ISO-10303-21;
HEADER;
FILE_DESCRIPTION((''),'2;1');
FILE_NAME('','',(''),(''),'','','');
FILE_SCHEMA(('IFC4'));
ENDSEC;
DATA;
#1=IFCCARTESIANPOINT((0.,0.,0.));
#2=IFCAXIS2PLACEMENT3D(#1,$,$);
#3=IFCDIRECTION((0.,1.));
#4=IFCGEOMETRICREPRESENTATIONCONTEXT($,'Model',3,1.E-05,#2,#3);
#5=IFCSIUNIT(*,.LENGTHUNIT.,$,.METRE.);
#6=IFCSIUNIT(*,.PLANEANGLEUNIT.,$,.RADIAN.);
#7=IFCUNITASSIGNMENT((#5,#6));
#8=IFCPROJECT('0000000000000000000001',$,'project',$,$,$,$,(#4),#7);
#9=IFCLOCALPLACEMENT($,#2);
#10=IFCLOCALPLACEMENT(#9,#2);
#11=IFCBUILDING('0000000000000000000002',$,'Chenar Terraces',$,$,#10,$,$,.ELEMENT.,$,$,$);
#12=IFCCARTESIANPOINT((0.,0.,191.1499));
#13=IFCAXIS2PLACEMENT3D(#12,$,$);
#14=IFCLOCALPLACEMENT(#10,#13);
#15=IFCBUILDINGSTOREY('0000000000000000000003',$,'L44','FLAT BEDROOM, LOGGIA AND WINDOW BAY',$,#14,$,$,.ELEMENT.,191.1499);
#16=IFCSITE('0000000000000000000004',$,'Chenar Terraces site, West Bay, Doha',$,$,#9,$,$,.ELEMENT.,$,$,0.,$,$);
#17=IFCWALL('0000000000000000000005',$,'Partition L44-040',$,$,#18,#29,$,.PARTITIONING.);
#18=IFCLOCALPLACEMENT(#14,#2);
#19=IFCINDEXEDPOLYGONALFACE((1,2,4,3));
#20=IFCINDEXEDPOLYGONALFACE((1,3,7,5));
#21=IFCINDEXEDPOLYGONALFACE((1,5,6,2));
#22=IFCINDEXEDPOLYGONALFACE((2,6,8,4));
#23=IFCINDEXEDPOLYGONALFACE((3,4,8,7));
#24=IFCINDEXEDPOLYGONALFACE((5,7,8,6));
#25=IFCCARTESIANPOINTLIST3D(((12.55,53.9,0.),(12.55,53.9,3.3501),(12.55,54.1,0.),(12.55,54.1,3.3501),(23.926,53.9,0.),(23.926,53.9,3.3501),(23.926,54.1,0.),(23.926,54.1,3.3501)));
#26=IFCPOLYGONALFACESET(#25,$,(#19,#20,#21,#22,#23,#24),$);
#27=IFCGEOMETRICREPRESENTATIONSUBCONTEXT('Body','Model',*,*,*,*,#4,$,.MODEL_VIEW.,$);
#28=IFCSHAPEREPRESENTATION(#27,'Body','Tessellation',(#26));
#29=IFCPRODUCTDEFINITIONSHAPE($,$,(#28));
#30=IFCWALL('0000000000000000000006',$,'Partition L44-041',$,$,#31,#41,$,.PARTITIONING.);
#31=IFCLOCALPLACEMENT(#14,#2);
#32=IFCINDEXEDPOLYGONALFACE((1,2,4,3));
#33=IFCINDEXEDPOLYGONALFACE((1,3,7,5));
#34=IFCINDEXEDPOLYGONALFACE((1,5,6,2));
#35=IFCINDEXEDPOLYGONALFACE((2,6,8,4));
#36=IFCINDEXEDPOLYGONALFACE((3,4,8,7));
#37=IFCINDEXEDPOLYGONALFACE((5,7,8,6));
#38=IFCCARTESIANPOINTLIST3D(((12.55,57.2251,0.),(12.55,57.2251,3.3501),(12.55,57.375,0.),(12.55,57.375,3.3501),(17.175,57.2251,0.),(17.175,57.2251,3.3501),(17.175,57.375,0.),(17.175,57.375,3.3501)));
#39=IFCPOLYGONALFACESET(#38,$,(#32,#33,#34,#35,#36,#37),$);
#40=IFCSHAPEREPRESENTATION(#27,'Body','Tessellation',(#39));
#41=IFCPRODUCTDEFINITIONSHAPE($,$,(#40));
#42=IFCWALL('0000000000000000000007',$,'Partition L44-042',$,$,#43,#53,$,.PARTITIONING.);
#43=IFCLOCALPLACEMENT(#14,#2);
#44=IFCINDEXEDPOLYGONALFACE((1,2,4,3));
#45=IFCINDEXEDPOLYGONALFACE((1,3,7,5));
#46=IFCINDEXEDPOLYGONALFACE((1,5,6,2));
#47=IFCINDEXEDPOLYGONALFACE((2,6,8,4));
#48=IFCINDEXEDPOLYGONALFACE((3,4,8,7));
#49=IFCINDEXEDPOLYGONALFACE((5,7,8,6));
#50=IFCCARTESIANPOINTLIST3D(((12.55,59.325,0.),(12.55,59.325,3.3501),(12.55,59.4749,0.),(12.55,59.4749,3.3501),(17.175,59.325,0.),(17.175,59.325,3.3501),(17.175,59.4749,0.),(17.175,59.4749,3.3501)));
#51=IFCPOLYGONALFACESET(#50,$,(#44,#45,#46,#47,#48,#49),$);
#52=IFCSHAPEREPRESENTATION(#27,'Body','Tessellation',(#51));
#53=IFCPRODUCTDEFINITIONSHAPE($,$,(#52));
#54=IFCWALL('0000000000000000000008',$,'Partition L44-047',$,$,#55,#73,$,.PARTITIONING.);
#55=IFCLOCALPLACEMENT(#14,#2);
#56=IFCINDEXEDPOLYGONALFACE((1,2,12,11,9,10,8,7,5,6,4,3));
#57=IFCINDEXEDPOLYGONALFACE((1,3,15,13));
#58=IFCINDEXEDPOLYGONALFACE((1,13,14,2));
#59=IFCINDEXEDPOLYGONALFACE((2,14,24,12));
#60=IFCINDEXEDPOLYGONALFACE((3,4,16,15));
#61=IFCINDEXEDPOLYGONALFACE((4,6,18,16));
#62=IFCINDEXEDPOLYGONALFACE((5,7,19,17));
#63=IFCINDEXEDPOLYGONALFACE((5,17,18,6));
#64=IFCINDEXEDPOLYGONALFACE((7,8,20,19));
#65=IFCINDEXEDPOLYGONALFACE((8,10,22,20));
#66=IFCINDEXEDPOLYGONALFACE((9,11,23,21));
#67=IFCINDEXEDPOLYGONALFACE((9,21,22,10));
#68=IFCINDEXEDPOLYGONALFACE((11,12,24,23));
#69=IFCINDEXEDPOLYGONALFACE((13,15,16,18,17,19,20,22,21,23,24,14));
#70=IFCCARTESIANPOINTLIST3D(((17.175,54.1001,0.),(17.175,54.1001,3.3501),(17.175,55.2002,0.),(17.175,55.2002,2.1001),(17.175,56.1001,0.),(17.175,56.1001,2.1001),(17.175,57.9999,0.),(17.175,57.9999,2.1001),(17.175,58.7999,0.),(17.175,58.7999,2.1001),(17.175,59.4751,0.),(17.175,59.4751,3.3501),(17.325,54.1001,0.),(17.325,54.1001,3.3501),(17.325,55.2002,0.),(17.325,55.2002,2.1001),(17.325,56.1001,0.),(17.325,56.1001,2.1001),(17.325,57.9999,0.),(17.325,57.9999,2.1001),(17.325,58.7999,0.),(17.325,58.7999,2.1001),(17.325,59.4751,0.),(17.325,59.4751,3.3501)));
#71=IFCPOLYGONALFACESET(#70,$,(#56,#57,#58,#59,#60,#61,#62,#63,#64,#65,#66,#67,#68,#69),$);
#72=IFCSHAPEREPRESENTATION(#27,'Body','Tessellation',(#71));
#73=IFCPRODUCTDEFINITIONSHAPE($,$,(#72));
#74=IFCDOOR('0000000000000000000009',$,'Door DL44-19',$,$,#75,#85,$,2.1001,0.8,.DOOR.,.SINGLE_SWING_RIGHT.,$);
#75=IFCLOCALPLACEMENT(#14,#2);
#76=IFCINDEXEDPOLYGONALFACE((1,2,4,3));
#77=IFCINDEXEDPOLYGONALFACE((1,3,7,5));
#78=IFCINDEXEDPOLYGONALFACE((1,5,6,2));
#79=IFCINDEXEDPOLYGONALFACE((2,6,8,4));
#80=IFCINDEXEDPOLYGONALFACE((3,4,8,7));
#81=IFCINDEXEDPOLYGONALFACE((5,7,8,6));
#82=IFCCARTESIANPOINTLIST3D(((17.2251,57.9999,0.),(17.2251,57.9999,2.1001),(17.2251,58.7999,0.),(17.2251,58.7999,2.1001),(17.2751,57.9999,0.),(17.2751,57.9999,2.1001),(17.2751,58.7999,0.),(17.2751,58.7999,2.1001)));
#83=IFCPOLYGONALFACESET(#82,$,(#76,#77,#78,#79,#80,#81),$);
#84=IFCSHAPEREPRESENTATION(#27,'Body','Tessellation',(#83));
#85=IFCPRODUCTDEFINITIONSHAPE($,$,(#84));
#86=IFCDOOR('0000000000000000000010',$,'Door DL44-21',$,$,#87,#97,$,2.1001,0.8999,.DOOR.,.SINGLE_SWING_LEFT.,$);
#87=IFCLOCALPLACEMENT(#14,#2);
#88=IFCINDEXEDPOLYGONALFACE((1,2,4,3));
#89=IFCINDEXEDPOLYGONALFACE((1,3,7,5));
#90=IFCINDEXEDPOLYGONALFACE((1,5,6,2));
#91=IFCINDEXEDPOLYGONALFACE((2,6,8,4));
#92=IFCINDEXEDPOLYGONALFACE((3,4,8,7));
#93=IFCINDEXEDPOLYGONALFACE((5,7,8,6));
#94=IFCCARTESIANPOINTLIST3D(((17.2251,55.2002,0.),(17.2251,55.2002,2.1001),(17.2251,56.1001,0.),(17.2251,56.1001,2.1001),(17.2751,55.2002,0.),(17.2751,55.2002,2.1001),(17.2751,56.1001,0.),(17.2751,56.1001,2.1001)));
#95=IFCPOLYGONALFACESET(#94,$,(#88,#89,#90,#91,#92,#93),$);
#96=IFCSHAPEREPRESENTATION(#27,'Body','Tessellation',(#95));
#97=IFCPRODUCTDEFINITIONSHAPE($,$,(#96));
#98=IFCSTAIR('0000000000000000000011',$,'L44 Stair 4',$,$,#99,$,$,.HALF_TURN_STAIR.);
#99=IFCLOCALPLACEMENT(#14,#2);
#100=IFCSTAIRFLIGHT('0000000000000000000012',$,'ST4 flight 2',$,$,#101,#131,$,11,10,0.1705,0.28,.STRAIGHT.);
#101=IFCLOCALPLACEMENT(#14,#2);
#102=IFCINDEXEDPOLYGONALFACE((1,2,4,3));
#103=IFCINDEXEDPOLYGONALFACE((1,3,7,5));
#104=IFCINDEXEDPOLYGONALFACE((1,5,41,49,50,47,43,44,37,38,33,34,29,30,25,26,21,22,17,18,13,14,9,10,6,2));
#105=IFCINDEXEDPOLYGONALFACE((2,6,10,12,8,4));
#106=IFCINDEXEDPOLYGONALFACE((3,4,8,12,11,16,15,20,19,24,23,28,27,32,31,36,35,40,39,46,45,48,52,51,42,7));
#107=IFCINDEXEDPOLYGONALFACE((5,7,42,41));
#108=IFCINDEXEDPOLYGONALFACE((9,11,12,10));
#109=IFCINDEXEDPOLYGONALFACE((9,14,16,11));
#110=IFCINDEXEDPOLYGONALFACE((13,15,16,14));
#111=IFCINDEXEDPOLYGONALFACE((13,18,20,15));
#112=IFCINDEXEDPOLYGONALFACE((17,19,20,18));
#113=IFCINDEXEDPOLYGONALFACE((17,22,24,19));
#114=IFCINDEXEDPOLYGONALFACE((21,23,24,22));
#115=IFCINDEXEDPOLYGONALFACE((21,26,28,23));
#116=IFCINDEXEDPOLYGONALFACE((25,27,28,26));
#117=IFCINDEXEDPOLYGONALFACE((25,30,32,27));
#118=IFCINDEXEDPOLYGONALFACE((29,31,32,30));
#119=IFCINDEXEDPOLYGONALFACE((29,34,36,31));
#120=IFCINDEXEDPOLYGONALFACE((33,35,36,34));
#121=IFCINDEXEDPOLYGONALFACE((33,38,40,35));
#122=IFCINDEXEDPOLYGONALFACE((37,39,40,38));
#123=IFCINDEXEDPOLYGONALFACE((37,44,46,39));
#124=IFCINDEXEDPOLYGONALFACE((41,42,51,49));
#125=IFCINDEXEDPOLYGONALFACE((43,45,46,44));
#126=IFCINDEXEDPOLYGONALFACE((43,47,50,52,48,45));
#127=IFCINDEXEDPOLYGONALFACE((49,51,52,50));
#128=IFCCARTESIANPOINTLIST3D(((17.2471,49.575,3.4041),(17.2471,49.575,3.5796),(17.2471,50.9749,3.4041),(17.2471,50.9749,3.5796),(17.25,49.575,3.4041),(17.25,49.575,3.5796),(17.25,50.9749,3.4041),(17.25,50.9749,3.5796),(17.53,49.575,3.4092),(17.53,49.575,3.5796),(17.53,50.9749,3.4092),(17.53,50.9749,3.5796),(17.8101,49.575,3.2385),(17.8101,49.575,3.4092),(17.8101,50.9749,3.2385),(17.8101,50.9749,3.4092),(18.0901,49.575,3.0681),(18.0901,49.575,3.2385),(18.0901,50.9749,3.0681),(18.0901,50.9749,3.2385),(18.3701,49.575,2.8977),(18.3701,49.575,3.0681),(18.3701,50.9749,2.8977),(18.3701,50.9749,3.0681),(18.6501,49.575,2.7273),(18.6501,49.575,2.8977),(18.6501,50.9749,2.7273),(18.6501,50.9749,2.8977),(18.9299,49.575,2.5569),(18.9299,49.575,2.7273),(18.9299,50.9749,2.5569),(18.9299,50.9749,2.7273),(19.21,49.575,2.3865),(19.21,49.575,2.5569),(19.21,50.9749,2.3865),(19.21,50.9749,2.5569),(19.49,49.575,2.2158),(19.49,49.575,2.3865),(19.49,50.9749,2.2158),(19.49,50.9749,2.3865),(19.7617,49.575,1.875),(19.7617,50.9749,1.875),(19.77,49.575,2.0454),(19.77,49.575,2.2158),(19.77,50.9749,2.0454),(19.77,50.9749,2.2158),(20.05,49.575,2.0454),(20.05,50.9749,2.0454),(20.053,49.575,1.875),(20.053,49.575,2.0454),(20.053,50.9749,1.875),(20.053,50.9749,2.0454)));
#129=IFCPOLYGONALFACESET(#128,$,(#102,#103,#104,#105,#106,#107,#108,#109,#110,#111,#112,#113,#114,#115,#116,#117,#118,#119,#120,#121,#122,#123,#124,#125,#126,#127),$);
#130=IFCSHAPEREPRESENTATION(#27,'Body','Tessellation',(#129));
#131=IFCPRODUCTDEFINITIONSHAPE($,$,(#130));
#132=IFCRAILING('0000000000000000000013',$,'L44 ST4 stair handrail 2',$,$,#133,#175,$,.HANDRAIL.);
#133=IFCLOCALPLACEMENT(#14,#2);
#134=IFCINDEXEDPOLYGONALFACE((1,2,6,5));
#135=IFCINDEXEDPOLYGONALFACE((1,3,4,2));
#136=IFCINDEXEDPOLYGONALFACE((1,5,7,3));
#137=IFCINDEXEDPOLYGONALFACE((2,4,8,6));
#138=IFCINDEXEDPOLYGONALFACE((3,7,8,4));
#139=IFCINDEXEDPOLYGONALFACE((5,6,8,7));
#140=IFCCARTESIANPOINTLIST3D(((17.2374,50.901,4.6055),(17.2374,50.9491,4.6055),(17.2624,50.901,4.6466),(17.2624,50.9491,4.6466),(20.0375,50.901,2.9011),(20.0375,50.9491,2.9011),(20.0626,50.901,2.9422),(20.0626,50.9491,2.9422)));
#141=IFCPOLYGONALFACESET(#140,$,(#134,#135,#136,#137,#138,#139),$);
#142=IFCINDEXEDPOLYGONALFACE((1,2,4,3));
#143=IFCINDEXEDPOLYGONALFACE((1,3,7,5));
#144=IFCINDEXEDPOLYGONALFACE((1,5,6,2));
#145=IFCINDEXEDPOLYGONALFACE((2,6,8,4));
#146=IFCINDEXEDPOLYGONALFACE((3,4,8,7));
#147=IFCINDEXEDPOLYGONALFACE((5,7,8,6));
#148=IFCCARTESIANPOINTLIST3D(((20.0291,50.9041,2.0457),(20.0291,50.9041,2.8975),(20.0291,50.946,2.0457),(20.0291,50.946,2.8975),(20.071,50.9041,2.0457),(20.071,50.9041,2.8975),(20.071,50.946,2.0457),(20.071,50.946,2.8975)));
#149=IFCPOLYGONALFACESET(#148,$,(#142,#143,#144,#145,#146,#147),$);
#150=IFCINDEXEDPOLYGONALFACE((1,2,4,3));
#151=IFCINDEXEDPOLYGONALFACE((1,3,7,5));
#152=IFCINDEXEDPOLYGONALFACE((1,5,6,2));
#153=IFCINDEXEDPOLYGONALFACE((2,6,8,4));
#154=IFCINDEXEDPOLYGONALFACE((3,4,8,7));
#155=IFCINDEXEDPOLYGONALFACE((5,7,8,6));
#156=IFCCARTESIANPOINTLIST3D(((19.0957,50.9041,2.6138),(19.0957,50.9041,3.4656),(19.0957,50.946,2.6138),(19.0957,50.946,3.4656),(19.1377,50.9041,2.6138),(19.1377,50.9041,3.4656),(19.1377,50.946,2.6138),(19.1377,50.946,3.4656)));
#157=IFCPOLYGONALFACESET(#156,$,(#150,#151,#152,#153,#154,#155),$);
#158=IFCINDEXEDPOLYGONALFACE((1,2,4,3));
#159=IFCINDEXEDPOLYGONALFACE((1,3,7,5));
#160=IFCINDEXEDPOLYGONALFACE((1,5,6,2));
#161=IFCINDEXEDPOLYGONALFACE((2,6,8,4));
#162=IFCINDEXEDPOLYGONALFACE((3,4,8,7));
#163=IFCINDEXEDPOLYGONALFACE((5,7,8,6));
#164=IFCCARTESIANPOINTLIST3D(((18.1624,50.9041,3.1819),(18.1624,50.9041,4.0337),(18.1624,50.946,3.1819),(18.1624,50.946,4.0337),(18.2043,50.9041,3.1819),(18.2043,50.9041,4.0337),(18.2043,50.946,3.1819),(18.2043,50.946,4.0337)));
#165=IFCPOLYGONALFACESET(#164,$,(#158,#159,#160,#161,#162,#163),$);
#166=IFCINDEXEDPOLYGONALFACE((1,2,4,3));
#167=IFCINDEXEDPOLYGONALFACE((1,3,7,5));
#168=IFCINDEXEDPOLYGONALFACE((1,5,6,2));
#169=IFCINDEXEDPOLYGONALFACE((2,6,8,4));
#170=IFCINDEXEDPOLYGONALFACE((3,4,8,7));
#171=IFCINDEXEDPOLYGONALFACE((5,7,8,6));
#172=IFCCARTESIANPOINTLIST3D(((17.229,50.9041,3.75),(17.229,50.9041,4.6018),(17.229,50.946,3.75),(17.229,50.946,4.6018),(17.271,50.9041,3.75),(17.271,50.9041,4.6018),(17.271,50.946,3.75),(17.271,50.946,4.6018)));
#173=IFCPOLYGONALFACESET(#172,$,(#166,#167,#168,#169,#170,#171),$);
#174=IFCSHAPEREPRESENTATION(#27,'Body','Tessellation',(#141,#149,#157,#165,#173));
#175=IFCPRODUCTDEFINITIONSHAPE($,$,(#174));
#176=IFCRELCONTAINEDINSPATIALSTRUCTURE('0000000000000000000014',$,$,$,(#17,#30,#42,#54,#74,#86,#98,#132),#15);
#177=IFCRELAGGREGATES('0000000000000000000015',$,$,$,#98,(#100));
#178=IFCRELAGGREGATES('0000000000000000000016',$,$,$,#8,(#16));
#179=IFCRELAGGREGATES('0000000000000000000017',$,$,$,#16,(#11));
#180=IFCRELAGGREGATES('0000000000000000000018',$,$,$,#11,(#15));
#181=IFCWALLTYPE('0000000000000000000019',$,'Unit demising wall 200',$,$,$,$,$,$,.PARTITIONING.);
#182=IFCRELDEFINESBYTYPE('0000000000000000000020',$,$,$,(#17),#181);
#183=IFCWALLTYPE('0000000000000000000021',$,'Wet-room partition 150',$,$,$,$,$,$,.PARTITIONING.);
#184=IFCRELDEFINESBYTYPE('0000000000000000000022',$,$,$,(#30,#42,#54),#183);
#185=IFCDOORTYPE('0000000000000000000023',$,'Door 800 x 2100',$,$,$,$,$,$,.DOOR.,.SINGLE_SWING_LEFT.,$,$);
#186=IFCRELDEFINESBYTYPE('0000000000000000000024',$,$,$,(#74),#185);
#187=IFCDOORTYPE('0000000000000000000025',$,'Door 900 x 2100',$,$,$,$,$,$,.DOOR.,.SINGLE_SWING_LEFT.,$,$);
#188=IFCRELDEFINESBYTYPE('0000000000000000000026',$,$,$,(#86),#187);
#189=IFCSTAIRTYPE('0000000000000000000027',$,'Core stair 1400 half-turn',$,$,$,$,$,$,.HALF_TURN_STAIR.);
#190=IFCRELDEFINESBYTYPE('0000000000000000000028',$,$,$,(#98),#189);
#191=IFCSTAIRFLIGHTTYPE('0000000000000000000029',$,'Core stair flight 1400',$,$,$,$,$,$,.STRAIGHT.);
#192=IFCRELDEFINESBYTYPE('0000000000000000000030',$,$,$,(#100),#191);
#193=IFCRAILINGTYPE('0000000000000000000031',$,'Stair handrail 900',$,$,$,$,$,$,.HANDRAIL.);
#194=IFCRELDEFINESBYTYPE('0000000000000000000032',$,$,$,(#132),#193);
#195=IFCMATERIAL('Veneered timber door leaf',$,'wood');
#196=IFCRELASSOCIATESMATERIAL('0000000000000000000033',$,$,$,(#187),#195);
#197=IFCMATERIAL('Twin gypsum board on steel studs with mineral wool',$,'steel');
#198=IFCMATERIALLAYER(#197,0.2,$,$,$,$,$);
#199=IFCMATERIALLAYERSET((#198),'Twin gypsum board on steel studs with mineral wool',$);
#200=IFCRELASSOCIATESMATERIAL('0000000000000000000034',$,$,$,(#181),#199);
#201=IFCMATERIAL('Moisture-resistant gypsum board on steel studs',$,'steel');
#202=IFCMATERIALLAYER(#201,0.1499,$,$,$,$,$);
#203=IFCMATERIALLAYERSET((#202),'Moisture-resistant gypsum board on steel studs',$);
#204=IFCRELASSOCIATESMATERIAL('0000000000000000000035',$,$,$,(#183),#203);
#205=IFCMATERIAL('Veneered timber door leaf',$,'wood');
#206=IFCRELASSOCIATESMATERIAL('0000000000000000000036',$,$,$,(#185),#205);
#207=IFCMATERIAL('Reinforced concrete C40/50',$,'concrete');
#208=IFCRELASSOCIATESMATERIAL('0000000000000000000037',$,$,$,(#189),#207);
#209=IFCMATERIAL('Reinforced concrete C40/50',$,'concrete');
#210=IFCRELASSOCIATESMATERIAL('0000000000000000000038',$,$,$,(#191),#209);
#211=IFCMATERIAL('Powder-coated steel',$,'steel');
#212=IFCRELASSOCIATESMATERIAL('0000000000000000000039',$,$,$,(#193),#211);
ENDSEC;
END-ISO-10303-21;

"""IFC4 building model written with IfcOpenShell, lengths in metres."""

from ifc_helpers import new_model, si_unit, direction, frame, frame_2d, origin, origin_2d, place, context, subcontext, project, spatial, polyline, rectangle, outline, extrude, material, layer, layer_set, type_object, element, fill, aggregate, save


model = new_model("IFC4")

# Units and contexts
model_context = context("Model", 3, precision=1e-05, world=origin(), true_north=direction((0.0, 1.0)))
body_context = subcontext(model_context, "Body", "Model", "MODEL_VIEW")
ifc_project = project(units=[si_unit("LENGTHUNIT", "METRE"), si_unit("PLANEANGLEUNIT", "RADIAN")], contexts=[model_context])

# Site, building, storey
site_placement = place(None, origin())
site = spatial("IfcSite", under=ifc_project, at=site_placement, Name="Chenar Terraces site, West Bay, Doha", CompositionType="ELEMENT", RefElevation=0.0)
building_placement = place(site_placement, origin())
building = spatial("IfcBuilding", under=site, at=building_placement, Name="Chenar Terraces", CompositionType="ELEMENT")
storey_placement = place(building_placement, frame((0.0, 0.0, 191.1499)))
storey = spatial("IfcBuildingStorey", under=building, at=storey_placement, Name="L44", Description="FLAT BEDROOM, LOGGIA AND WINDOW BAY", CompositionType="ELEMENT", Elevation=191.1499)

# Shared definitions
ifc_material_1 = material(Name="Veneered timber door leaf", Category="wood")
door_type_1 = type_object("IfcDoorType", Name="Door 900 x 2100", OperationType="SINGLE_SWING_LEFT", PredefinedType="DOOR", material=ifc_material_1)

# Walls
ifc_material_2 = material(Name="Twin gypsum board on steel studs with mineral wool", Category="steel")
ifc_layer_1 = layer(ifc_material_2, 0.2)
ifc_layer_set_1 = layer_set([ifc_layer_1], Name="Twin gypsum board on steel studs with mineral wool")
wall_type_1 = type_object("IfcWallType", Name="Unit demising wall 200", PredefinedType="PARTITIONING", material=ifc_layer_set_1)
wall_1_placement = place(storey_placement, frame((12.55, 54.0, 0.0), z_axis=(0.0, 0.0, 1.0), x_axis=(1.0, 0.0, 0.0)))
element("IfcWall", 1, at=wall_1_placement, inside=storey, type_object=wall_type_1, Name="Partition L44-040", PredefinedType="PARTITIONING", context=body_context, shape_type="SweptSolid", body=[
    extrude(rectangle(XDim=11.376, YDim=0.2, at=frame_2d((5.688, 0.0))), origin(), (0.0, 0.0, 1.0), 3.3501),
])
ifc_material_3 = material(Name="Moisture-resistant gypsum board on steel studs", Category="steel")
ifc_layer_2 = layer(ifc_material_3, 0.1499)
ifc_layer_set_2 = layer_set([ifc_layer_2], Name="Moisture-resistant gypsum board on steel studs")
wall_type_2 = type_object("IfcWallType", Name="Wet-room partition 150", PredefinedType="PARTITIONING", material=ifc_layer_set_2)
for number, where, z_axis, x_axis, name in (
    (2, (12.55, 57.3, 0.0), (0.0, 0.0, 1.0), (1.0, 0.0, 0.0), "Partition L44-041"),
    (3, (12.55, 59.3999, 0.0), (0.0, 0.0, 1.0), (1.0, 0.0, 0.0), "Partition L44-042"),
):
    element("IfcWall", number, at=place(storey_placement, frame(where, z_axis=z_axis, x_axis=x_axis)), inside=storey, type_object=wall_type_2, Name=name, PredefinedType="PARTITIONING", context=body_context, shape_type="SweptSolid", body=[
        extrude(rectangle(XDim=4.625, YDim=0.1499, at=frame_2d((2.3125, 0.0))), origin(), (0.0, 0.0, 1.0), 3.3501),
    ])

# Wall, openings, doors
wall_2_placement = place(storey_placement, frame((17.25, 54.1001, 0.0), z_axis=(0.0, 0.0, 1.0), x_axis=(0.0, 1.0, 0.0)))
wall_2 = element("IfcWall", 4, at=wall_2_placement, inside=storey, type_object=wall_type_2, Name="Partition L44-047", PredefinedType="PARTITIONING", context=body_context, shape_type="SweptSolid", body=[
    extrude(rectangle(XDim=5.375, YDim=0.1499, at=frame_2d((2.6875, 0.0))), origin(), (0.0, 0.0, 1.0), 3.3501),
])
opening_1_placement = place(wall_2_placement, frame((3.8999, 0.0, 0.0)))
opening_1 = element("IfcOpeningElement", 5, at=opening_1_placement, cuts=wall_2, PredefinedType="OPENING", context=body_context, shape_type="SweptSolid", body=[
    extrude(rectangle(XDim=0.8, YDim=2.1001, at=frame_2d((0.3999, 1.05))), frame((0.0, 0.085, 0.0), z_axis=(0.0, -1.0, 0.0), x_axis=(1.0, 0.0, 0.0)), (0.0, 0.0, 1.0), 0.1699),
])
opening_2_placement = place(wall_2_placement, frame((1.1001, 0.0, 0.0)))
opening_2 = element("IfcOpeningElement", 6, at=opening_2_placement, cuts=wall_2, PredefinedType="OPENING", context=body_context, shape_type="SweptSolid", body=[
    extrude(rectangle(XDim=0.8999, YDim=2.1001, at=frame_2d((0.45, 1.05))), frame((0.0, 0.085, 0.0), z_axis=(0.0, -1.0, 0.0), x_axis=(1.0, 0.0, 0.0)), (0.0, 0.0, 1.0), 0.1699),
])
ifc_material_4 = material(Name="Veneered timber door leaf", Category="wood")
door_type_2 = type_object("IfcDoorType", Name="Door 800 x 2100", OperationType="SINGLE_SWING_LEFT", PredefinedType="DOOR", material=ifc_material_4)
door_1_placement = place(opening_1_placement, origin())
door_1 = element("IfcDoor", 7, at=door_1_placement, inside=storey, type_object=door_type_2, Name="Door DL44-19", OperationType="SINGLE_SWING_RIGHT", OverallHeight=2.1001, OverallWidth=0.8, PredefinedType="DOOR", context=body_context, shape_type="SweptSolid", body=[
    extrude(rectangle(XDim=0.8, YDim=2.1001, at=frame_2d((0.3999, 1.05))), frame((0.0, 0.0249, 0.0), z_axis=(0.0, -1.0, 0.0), x_axis=(1.0, 0.0, 0.0)), (0.0, 0.0, 1.0), 0.05),
])
fill(opening_1, door_1)
door_2_placement = place(opening_2_placement, origin())
door_2 = element("IfcDoor", 8, at=door_2_placement, inside=storey, type_object=door_type_1, Name="Door DL44-21", OperationType="SINGLE_SWING_LEFT", OverallHeight=2.1001, OverallWidth=0.8999, PredefinedType="DOOR", context=body_context, shape_type="SweptSolid", body=[
    extrude(rectangle(XDim=0.8999, YDim=2.1001, at=frame_2d((0.45, 1.05))), frame((0.0, 0.0249, 0.0), z_axis=(0.0, -1.0, 0.0), x_axis=(1.0, 0.0, 0.0)), (0.0, 0.0, 1.0), 0.05),
])
fill(opening_2, door_2)

# Stair, stair flight
ifc_material_5 = material(Name="Reinforced concrete C40/50", Category="concrete")
stair_type = type_object("IfcStairType", Name="Core stair 1400 half-turn", PredefinedType="HALF_TURN_STAIR", material=ifc_material_5)
stair_placement = place(storey_placement, origin())
stair = element("IfcStair", 9, at=stair_placement, inside=storey, type_object=stair_type, Name="L44 Stair 4", PredefinedType="HALF_TURN_STAIR")
ifc_material_6 = material(Name="Reinforced concrete C40/50", Category="concrete")
stair_flight_type = type_object("IfcStairFlightType", Name="Core stair flight 1400", PredefinedType="STRAIGHT", material=ifc_material_6)
stair_flight_placement = place(storey_placement, frame((20.05, 50.2749, 1.875), z_axis=(0.0, 0.0, 1.0), x_axis=(-1.0, 0.0, 0.0)))
stair_flight = element("IfcStairFlight", 10, at=stair_flight_placement, type_object=stair_flight_type, Name="ST4 flight 2", NumberOfRisers=11, NumberOfTreads=10, PredefinedType="STRAIGHT", RiserHeight=0.1705, TreadLength=0.28, context=body_context, shape_type="SweptSolid", body=[
    extrude(outline(polyline([(-0.0029, 0.0), (-0.0029, 0.1704), (0.0, 0.1704), (0.28, 0.1704), (0.28, 0.3408), (0.5601, 0.3408), (0.5601, 0.5115), (0.8401, 0.5115), (0.8401, 0.6819), (1.1201, 0.6819), (1.1201, 0.8523), (1.3999, 0.8523), (1.3999, 1.0227), (1.6799, 1.0227), (1.6799, 1.1931), (1.96, 1.1931), (1.96, 1.3635), (2.24, 1.3635), (2.24, 1.5342), (2.52, 1.5342), (2.52, 1.7046), (2.8, 1.7046), (2.803, 1.7046), (2.803, 1.5291), (2.8, 1.5291), (0.2883, 0.0), (-0.0029, 0.0)])), frame((0.0, 0.7, 0.0), z_axis=(0.0, -1.0, 0.0), x_axis=(1.0, 0.0, 0.0)), (0.0, 0.0, 1.0), 1.3999),
])
aggregate(stair, [stair_flight])

# Railing
ifc_material_7 = material(Name="Powder-coated steel", Category="steel")
railing_type = type_object("IfcRailingType", Name="Stair handrail 900", PredefinedType="HANDRAIL", material=ifc_material_7)
railing_placement = place(storey_placement, frame((20.05, 50.925, 2.0457)))
element("IfcRailing", 11, at=railing_placement, inside=storey, type_object=railing_type, Name="L44 ST4 stair handrail 2", PredefinedType="HANDRAIL", context=body_context, shape_type="SweptSolid", body=[
    extrude(rectangle(XDim=0.0481, YDim=0.0481, at=origin_2d()), frame((0.0, 0.0, 0.876), z_axis=(-0.854203, 0.0, 0.51994), x_axis=(0.0, -1.0, 0.0)), (0.0, 0.0, 1.0), 3.2781),
    extrude(rectangle(XDim=0.042, YDim=0.042, at=origin_2d()), origin(), (0.0, 0.0, 1.0), 0.8518),
    extrude(rectangle(XDim=0.042, YDim=0.042, at=origin_2d()), frame((-0.9333, 0.0, 0.5681)), (0.0, 0.0, 1.0), 0.8518),
    extrude(rectangle(XDim=0.042, YDim=0.042, at=origin_2d()), frame((-1.8667, 0.0, 1.1362)), (0.0, 0.0, 1.0), 0.8518),
    extrude(rectangle(XDim=0.042, YDim=0.042, at=origin_2d()), frame((-2.8, 0.0, 1.7043)), (0.0, 0.0, 1.0), 0.8518),
])

save(model, "model.ifc")
